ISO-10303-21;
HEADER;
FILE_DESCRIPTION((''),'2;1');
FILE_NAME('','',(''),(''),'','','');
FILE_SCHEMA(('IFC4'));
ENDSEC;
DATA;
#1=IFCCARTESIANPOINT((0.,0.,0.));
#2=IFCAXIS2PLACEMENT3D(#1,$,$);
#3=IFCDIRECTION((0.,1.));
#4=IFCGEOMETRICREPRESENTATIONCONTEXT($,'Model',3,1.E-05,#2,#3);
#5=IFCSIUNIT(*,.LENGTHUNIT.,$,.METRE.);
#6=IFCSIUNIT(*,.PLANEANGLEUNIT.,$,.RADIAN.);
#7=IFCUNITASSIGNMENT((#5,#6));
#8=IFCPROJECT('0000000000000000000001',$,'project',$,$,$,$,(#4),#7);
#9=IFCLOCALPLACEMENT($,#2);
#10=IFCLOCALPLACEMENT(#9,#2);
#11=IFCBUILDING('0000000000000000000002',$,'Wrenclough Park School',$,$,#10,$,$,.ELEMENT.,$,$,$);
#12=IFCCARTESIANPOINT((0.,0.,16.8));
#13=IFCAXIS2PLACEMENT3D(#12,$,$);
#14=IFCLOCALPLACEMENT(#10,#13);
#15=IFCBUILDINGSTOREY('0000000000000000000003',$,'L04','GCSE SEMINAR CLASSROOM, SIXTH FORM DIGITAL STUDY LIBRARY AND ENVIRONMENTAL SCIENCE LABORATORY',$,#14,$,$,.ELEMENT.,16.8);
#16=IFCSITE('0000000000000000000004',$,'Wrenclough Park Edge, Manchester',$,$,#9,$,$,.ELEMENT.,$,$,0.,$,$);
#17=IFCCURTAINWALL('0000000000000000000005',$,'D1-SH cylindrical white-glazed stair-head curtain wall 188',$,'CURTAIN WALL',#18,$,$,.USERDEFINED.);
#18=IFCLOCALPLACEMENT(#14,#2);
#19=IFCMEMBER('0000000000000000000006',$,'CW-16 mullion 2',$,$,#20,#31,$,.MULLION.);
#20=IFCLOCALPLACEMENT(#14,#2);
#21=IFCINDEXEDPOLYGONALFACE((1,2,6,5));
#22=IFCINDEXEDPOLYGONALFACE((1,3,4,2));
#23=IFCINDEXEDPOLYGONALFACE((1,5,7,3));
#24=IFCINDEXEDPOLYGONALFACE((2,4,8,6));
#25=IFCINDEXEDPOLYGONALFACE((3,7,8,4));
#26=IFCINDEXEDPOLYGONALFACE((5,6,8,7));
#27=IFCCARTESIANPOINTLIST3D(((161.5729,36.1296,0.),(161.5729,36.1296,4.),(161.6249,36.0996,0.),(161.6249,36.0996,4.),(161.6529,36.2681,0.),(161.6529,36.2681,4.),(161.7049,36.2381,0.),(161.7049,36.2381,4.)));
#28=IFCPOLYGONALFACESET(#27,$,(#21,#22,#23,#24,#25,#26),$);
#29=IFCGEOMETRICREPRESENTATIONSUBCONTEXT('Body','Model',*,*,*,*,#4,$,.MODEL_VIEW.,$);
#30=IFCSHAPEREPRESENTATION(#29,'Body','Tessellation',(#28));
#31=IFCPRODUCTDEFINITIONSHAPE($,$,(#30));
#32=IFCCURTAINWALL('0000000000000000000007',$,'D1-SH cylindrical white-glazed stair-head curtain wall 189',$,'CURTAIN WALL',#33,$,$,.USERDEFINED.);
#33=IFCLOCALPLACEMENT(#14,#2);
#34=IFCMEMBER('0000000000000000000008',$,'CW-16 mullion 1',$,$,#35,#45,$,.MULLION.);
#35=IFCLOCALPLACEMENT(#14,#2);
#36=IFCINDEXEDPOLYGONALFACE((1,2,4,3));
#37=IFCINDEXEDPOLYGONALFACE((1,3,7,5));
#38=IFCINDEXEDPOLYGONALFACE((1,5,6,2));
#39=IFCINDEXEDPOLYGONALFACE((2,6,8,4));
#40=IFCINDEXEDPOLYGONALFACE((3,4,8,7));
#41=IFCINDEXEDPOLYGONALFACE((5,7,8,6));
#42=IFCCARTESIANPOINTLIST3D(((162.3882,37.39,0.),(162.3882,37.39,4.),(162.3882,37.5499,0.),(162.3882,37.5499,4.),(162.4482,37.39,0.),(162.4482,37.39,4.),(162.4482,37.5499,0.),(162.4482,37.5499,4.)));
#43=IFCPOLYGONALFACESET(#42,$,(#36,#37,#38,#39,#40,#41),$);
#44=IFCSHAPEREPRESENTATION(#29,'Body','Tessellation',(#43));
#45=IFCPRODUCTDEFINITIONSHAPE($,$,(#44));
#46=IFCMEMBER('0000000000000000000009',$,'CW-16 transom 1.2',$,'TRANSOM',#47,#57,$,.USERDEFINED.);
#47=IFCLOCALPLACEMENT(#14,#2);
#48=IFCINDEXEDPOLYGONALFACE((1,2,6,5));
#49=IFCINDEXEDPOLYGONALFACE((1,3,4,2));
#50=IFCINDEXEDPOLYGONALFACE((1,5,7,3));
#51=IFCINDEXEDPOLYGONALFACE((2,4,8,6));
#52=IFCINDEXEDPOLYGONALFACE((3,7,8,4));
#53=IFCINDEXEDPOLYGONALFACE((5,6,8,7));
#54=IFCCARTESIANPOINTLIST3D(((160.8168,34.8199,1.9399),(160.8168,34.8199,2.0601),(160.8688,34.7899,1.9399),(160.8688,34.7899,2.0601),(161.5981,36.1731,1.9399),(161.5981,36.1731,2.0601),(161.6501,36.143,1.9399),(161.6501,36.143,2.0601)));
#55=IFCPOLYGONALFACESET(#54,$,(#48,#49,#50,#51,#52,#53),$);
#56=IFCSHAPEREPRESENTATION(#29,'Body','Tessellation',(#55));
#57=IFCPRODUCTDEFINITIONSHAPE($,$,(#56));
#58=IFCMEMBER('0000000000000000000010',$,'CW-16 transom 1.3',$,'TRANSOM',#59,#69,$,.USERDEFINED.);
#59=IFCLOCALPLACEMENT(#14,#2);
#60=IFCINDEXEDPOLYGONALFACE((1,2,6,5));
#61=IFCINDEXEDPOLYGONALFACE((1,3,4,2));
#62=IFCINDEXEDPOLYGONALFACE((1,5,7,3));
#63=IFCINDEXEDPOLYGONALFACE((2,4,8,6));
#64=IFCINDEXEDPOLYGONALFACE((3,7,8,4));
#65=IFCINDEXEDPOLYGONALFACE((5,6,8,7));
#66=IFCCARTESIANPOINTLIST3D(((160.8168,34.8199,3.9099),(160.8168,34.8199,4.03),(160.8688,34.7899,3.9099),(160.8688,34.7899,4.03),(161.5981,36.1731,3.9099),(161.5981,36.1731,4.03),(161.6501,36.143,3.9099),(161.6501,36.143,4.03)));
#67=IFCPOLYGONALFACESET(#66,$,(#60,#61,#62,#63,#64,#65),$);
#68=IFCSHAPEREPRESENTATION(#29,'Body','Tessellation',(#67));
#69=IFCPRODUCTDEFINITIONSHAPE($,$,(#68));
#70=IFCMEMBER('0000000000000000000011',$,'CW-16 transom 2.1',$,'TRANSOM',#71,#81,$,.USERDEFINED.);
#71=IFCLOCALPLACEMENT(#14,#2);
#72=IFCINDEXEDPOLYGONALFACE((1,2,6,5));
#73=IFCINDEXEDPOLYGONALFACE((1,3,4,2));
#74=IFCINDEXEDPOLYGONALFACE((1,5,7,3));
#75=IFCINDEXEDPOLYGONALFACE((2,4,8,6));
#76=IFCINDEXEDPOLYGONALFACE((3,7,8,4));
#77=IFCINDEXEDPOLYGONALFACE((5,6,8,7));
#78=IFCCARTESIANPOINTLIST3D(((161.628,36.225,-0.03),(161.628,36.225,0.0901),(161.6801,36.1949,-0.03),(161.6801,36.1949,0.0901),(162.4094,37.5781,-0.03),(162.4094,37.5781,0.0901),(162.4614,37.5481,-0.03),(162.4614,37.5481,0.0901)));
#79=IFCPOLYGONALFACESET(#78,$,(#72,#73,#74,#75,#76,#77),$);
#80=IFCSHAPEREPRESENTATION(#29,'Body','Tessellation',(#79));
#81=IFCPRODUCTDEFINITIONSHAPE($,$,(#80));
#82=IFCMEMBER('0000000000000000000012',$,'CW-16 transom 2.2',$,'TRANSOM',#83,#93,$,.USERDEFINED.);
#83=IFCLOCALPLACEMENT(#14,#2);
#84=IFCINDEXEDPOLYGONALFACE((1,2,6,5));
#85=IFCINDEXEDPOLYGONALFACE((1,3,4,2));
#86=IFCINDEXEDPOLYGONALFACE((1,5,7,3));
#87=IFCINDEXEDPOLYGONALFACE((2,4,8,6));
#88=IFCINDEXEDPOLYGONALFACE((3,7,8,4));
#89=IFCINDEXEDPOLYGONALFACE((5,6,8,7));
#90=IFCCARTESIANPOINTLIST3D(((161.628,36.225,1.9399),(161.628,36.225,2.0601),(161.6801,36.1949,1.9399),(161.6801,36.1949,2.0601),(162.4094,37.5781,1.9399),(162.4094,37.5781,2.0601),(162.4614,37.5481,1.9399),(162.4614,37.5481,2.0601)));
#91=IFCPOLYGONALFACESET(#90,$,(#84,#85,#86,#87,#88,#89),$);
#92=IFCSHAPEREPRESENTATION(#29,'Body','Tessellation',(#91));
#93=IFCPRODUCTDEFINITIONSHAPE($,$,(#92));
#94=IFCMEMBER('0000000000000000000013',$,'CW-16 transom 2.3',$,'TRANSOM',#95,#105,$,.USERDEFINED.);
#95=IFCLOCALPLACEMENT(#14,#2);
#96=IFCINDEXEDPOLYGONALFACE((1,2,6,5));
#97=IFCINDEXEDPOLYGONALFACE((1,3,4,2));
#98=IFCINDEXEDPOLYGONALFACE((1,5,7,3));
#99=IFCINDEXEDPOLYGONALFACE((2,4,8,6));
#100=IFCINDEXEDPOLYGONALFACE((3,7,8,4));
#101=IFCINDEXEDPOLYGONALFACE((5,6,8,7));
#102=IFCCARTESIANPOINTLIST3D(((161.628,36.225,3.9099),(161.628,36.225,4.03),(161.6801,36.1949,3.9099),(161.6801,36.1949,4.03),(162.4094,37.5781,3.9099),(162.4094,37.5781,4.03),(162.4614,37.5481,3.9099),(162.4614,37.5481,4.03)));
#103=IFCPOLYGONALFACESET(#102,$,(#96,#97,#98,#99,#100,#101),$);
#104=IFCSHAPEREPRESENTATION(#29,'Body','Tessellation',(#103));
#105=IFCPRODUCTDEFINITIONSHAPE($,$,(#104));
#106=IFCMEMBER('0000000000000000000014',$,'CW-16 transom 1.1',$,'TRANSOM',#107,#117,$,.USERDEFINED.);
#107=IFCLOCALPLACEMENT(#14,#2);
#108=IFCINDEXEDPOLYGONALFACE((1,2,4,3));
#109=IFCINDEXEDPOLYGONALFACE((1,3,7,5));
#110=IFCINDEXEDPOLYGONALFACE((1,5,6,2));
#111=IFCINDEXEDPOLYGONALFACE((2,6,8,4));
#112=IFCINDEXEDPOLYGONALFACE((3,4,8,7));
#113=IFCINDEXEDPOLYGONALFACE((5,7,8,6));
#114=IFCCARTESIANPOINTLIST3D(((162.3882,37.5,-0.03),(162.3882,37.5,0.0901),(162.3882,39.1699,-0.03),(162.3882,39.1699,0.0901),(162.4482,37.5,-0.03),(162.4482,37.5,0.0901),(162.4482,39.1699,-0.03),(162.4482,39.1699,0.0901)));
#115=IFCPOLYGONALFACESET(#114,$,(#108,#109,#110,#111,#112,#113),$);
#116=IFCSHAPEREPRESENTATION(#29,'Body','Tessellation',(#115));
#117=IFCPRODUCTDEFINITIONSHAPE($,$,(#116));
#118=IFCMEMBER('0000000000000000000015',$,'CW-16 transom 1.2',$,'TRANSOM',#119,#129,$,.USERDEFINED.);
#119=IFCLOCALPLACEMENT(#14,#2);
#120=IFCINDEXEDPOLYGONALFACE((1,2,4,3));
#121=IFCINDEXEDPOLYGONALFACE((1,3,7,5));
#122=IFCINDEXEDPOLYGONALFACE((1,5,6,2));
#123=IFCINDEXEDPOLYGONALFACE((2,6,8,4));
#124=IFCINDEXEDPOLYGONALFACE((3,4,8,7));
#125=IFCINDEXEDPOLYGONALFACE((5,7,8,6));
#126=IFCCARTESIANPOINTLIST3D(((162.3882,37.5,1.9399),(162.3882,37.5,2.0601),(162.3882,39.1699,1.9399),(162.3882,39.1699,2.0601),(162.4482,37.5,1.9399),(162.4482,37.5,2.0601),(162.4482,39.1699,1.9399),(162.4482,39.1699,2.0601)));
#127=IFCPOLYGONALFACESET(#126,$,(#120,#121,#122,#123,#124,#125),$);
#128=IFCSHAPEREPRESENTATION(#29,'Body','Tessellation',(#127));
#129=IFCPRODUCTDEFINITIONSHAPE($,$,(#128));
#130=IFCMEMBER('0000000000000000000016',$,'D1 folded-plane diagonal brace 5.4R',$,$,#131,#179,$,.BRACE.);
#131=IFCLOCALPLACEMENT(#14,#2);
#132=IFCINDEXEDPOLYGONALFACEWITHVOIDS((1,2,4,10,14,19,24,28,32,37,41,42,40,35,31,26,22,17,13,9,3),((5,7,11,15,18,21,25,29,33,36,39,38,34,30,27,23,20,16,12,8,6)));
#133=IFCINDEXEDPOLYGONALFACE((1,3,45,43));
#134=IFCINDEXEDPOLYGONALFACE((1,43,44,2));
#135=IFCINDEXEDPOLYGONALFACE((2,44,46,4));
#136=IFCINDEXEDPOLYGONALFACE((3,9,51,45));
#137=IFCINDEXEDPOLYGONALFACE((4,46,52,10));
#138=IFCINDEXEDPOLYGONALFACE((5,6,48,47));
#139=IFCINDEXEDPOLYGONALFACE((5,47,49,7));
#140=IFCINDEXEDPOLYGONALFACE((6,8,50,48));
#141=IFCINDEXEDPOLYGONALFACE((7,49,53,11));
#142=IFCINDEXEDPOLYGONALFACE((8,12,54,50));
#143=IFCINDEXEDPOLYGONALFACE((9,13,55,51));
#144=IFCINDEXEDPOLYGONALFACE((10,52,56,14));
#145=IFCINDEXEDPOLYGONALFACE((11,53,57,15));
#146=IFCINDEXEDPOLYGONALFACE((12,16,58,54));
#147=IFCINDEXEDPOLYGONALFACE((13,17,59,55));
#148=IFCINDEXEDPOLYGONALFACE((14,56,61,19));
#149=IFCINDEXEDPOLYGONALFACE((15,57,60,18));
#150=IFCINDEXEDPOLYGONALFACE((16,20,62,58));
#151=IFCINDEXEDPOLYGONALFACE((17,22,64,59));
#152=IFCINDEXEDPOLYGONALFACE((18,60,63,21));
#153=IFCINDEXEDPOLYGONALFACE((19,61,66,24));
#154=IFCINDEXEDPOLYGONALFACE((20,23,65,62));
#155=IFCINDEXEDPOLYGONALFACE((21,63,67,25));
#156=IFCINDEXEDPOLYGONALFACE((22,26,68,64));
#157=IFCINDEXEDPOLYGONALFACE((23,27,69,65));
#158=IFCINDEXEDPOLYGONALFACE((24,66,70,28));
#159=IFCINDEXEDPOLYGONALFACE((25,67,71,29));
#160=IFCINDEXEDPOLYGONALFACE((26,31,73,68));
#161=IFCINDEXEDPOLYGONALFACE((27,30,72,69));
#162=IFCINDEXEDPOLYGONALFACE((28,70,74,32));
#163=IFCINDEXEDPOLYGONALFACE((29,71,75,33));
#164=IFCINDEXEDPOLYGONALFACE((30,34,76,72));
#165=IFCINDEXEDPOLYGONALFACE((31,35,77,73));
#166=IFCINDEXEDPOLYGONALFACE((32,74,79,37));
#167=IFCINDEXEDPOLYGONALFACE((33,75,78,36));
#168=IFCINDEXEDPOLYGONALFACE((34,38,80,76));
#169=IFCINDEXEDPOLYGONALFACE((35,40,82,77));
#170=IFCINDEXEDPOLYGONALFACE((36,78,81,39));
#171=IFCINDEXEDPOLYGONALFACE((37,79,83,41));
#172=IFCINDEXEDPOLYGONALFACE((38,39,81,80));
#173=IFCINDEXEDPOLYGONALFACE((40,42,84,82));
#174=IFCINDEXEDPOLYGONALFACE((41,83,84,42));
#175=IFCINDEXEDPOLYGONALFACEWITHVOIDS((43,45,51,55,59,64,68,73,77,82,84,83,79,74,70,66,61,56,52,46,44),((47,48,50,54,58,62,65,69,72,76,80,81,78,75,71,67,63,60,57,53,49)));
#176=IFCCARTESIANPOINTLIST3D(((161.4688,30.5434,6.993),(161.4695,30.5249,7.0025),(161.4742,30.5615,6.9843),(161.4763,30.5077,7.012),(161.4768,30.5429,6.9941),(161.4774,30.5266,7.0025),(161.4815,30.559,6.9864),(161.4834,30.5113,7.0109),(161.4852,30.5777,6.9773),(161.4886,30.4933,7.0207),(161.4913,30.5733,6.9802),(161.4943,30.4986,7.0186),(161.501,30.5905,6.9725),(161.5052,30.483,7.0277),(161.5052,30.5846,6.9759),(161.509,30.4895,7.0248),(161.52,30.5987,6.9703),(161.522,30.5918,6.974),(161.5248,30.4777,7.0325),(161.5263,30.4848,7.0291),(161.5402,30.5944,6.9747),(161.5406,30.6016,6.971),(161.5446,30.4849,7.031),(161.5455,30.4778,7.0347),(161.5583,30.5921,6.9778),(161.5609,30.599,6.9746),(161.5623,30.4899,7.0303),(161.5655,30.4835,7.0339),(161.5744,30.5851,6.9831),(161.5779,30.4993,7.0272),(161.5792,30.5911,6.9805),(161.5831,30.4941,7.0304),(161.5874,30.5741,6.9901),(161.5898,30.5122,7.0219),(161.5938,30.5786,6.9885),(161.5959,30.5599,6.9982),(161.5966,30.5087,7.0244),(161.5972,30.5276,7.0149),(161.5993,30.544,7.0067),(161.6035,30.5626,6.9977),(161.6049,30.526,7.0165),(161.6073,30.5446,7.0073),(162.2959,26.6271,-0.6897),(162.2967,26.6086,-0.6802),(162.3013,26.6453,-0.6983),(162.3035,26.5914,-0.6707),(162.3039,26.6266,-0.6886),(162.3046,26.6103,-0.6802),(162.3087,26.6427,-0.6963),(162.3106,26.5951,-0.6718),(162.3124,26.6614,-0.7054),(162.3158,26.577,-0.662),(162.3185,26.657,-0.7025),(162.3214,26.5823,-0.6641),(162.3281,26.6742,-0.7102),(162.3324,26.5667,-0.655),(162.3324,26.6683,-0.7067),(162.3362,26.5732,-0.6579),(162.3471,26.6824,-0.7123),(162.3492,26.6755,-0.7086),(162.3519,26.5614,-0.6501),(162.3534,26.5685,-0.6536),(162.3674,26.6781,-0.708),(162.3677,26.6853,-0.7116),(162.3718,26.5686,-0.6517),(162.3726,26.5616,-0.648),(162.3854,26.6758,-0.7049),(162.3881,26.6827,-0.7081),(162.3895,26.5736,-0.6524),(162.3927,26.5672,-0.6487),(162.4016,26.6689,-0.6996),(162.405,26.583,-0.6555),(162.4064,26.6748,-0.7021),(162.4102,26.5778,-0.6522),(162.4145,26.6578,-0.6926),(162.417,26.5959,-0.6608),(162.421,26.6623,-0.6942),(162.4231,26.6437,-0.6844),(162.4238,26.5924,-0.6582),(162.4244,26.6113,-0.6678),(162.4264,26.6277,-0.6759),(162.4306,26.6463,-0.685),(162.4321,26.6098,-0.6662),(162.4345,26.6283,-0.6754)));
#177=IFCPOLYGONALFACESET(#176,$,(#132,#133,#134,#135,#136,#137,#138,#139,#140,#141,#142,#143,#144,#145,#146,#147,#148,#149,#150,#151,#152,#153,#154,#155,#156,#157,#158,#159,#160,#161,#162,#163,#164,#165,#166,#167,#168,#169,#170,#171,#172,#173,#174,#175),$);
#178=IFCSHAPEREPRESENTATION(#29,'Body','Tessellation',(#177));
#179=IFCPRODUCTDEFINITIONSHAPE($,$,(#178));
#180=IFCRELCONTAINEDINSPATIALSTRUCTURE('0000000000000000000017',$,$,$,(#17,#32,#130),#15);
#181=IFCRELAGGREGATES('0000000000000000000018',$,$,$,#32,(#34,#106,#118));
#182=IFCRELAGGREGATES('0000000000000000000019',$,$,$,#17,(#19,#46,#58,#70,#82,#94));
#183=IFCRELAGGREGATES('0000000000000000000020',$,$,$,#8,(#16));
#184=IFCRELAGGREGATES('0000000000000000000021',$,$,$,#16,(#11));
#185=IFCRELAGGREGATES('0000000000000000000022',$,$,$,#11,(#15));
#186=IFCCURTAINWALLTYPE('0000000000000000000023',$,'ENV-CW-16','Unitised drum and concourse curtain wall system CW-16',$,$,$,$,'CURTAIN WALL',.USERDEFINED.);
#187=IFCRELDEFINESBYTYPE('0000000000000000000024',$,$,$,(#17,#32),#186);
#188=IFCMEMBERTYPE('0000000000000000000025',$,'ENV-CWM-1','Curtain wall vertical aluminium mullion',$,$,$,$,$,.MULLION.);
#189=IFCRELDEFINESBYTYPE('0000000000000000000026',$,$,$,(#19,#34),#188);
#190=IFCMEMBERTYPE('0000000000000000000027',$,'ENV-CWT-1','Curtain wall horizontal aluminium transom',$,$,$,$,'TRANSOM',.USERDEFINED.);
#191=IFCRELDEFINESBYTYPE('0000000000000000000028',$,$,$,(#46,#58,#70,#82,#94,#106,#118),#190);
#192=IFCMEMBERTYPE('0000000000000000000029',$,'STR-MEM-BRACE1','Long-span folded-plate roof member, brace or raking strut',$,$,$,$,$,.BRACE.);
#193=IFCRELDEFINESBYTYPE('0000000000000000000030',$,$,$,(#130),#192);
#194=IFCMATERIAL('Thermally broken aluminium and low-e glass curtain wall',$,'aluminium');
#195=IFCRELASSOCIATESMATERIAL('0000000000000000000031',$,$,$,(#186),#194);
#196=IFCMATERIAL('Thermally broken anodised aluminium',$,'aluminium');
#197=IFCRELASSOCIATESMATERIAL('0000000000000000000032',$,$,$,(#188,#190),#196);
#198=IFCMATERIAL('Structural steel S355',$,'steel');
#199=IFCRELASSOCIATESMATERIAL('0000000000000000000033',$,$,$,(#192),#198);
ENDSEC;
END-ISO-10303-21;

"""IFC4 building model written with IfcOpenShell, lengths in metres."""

from ifc_helpers import new_model, si_unit, direction, frame, origin, origin_2d, place, context, subcontext, project, spatial, rectangle, hollow_circle, extrude, material, material_profile, profile_set, type_object, element, aggregate, save


model = new_model("IFC4")

# Units and contexts
model_context = context("Model", 3, precision=1e-05, world=origin(), true_north=direction((0.0, 1.0)))
body_context = subcontext(model_context, "Body", "Model", "MODEL_VIEW")
ifc_project = project(units=[si_unit("LENGTHUNIT", "METRE"), si_unit("PLANEANGLEUNIT", "RADIAN")], contexts=[model_context])

# Site, building, storey
site_placement = place(None, origin())
site = spatial("IfcSite", under=ifc_project, at=site_placement, Name="Wrenclough Park Edge, Manchester", CompositionType="ELEMENT", RefElevation=0.0)
building_placement = place(site_placement, origin())
building = spatial("IfcBuilding", under=site, at=building_placement, Name="Wrenclough Park School", CompositionType="ELEMENT")
storey_placement = place(building_placement, frame((0.0, 0.0, 16.8)))
storey = spatial("IfcBuildingStorey", under=building, at=storey_placement, Name="L04", Description="GCSE SEMINAR CLASSROOM, SIXTH FORM DIGITAL STUDY LIBRARY AND ENVIRONMENTAL SCIENCE LABORATORY", CompositionType="ELEMENT", Elevation=16.8)

# Curtain walls, members
ifc_material_1 = material(Name="Thermally broken aluminium and low-e glass curtain wall", Category="aluminium")
curtain_wall_type = type_object("IfcCurtainWallType", Name="ENV-CW-16", Description="Unitised drum and concourse curtain wall system CW-16", ElementType="CURTAIN WALL", PredefinedType="USERDEFINED", material=ifc_material_1)
curtain_wall_1_placement = place(storey_placement, origin())
curtain_wall_1 = element("IfcCurtainWall", 1, at=curtain_wall_1_placement, inside=storey, type_object=curtain_wall_type, Name="D1-SH cylindrical white-glazed stair-head curtain wall 188", ObjectType="CURTAIN WALL", PredefinedType="USERDEFINED")
ifc_material_2 = material(Name="Thermally broken anodised aluminium", Category="aluminium")
ifc_material_profile_1 = material_profile(ifc_material_2, rectangle(XDim=0.0601, YDim=0.1599, at=origin_2d()), Name="AL MULLION 60x160")
ifc_profile_set_1 = profile_set([ifc_material_profile_1], Name="Thermally broken anodised aluminium")
member_type_1 = type_object("IfcMemberType", Name="ENV-CWM-1", Description="Curtain wall vertical aluminium mullion", PredefinedType="MULLION", material=ifc_profile_set_1)
member_1_placement = place(storey_placement, frame((161.6389, 36.1838, 0.0), z_axis=(0.0, 0.0, 1.0), x_axis=(-0.866017, 0.500015, 0.0)))
member_1 = element("IfcMember", 2, at=member_1_placement, type_object=member_type_1, Name="CW-16 mullion 2", PredefinedType="MULLION", context=body_context, shape_type="SweptSolid", body=[
    extrude(rectangle(XDim=0.0601, YDim=0.1599, at=origin_2d()), origin(), (0.0, 0.0, 1.0), 4.0),
])
curtain_wall_2_placement = place(storey_placement, origin())
curtain_wall_2 = element("IfcCurtainWall", 3, at=curtain_wall_2_placement, inside=storey, type_object=curtain_wall_type, Name="D1-SH cylindrical white-glazed stair-head curtain wall 189", ObjectType="CURTAIN WALL", PredefinedType="USERDEFINED")
member_2_placement = place(storey_placement, frame((162.4182, 37.47, 0.0), z_axis=(0.0, 0.0, 1.0), x_axis=(-1.0, 0.0, 0.0)))
member_2 = element("IfcMember", 4, at=member_2_placement, type_object=member_type_1, Name="CW-16 mullion 1", PredefinedType="MULLION", context=body_context, shape_type="SweptSolid", body=[
    extrude(rectangle(XDim=0.0601, YDim=0.1599, at=origin_2d()), origin(), (0.0, 0.0, 1.0), 4.0),
])

# Members
ifc_material_profile_2 = material_profile(ifc_material_2, rectangle(XDim=0.0601, YDim=0.1201, at=origin_2d()), Name="AL TRANSOM 60x120")
ifc_profile_set_2 = profile_set([ifc_material_profile_2], Name="Thermally broken anodised aluminium")
member_type_2 = type_object("IfcMemberType", Name="ENV-CWT-1", Description="Curtain wall horizontal aluminium transom", ElementType="TRANSOM", PredefinedType="USERDEFINED", material=ifc_profile_set_2)
member_3_placement = place(storey_placement, frame((160.8428, 34.8049, 2.0), z_axis=(0.500038, 0.866003, 0.0), x_axis=(-0.866003, 0.500038, 0.0)))
member_3 = element("IfcMember", 5, at=member_3_placement, type_object=member_type_2, Name="CW-16 transom 1.2", ObjectType="TRANSOM", PredefinedType="USERDEFINED", context=body_context, shape_type="SweptSolid", body=[
    extrude(rectangle(XDim=0.0601, YDim=0.1201, at=origin_2d()), origin(), (0.0, 0.0, 1.0), 1.5625),
])
member_4_placement = place(storey_placement, frame((160.8428, 34.8049, 3.97), z_axis=(0.500038, 0.866003, 0.0), x_axis=(-0.866003, 0.500038, 0.0)))
member_4 = element("IfcMember", 6, at=member_4_placement, type_object=member_type_2, Name="CW-16 transom 1.3", ObjectType="TRANSOM", PredefinedType="USERDEFINED", context=body_context, shape_type="SweptSolid", body=[
    extrude(rectangle(XDim=0.0601, YDim=0.1201, at=origin_2d()), origin(), (0.0, 0.0, 1.0), 1.5625),
])
member_5_placement = place(storey_placement, frame((161.6541, 36.21, 0.03), z_axis=(0.500038, 0.866003, 0.0), x_axis=(-0.866003, 0.500038, 0.0)))
member_5 = element("IfcMember", 7, at=member_5_placement, type_object=member_type_2, Name="CW-16 transom 2.1", ObjectType="TRANSOM", PredefinedType="USERDEFINED", context=body_context, shape_type="SweptSolid", body=[
    extrude(rectangle(XDim=0.0601, YDim=0.1201, at=origin_2d()), origin(), (0.0, 0.0, 1.0), 1.5625),
])
member_6_placement = place(storey_placement, frame((161.6541, 36.21, 2.0), z_axis=(0.500038, 0.866003, 0.0), x_axis=(-0.866003, 0.500038, 0.0)))
member_6 = element("IfcMember", 8, at=member_6_placement, type_object=member_type_2, Name="CW-16 transom 2.2", ObjectType="TRANSOM", PredefinedType="USERDEFINED", context=body_context, shape_type="SweptSolid", body=[
    extrude(rectangle(XDim=0.0601, YDim=0.1201, at=origin_2d()), origin(), (0.0, 0.0, 1.0), 1.5625),
])
member_7_placement = place(storey_placement, frame((161.6541, 36.21, 3.97), z_axis=(0.500038, 0.866003, 0.0), x_axis=(-0.866003, 0.500038, 0.0)))
member_7 = element("IfcMember", 9, at=member_7_placement, type_object=member_type_2, Name="CW-16 transom 2.3", ObjectType="TRANSOM", PredefinedType="USERDEFINED", context=body_context, shape_type="SweptSolid", body=[
    extrude(rectangle(XDim=0.0601, YDim=0.1201, at=origin_2d()), origin(), (0.0, 0.0, 1.0), 1.5625),
])
member_8_placement = place(storey_placement, frame((162.4182, 37.5, 0.03), z_axis=(0.0, 1.0, 0.0), x_axis=(-1.0, 0.0, 0.0)))
member_8 = element("IfcMember", 10, at=member_8_placement, type_object=member_type_2, Name="CW-16 transom 1.1", ObjectType="TRANSOM", PredefinedType="USERDEFINED", context=body_context, shape_type="SweptSolid", body=[
    extrude(rectangle(XDim=0.0601, YDim=0.1201, at=origin_2d()), origin(), (0.0, 0.0, 1.0), 1.6699),
])
member_9_placement = place(storey_placement, frame((162.4182, 37.5, 2.0), z_axis=(0.0, 1.0, 0.0), x_axis=(-1.0, 0.0, 0.0)))
member_9 = element("IfcMember", 11, at=member_9_placement, type_object=member_type_2, Name="CW-16 transom 1.2", ObjectType="TRANSOM", PredefinedType="USERDEFINED", context=body_context, shape_type="SweptSolid", body=[
    extrude(rectangle(XDim=0.0601, YDim=0.1201, at=origin_2d()), origin(), (0.0, 0.0, 1.0), 1.6699),
])
aggregate(curtain_wall_2, [member_2, member_8, member_9])

# Member
ifc_material_3 = material(Name="Structural steel S355", Category="steel")
ifc_material_profile_3 = material_profile(ifc_material_3, hollow_circle(Radius=0.0698, WallThickness=0.0081, at=origin_2d()), Name="CHS 139.7x8.0")
ifc_profile_set_3 = profile_set([ifc_material_profile_3], Name="Structural steel S355")
member_type_3 = type_object("IfcMemberType", Name="STR-MEM-BRACE1", Description="Long-span folded-plate roof member, brace or raking strut", PredefinedType="BRACE", material=ifc_profile_set_3)
for number, where, z_axis, x_axis, name in (
    (12, (162.365, 26.623, -0.6802), (-0.095483, 0.452079, 0.886853), (-0.978415, -0.20665, 0.0), "D1 folded-plane diagonal brace 5.4R"),
):
    element("IfcMember", number, at=place(storey_placement, frame(where, z_axis=z_axis, x_axis=x_axis)), inside=storey, type_object=member_type_3, Name=name, PredefinedType="BRACE", context=body_context, shape_type="SweptSolid", body=[
        extrude(hollow_circle(Radius=0.0698, WallThickness=0.0081, at=origin_2d()), origin(), (0.0, 0.0, 1.0), 8.6628),
    ])

aggregate(curtain_wall_1, [member_1, member_3, member_4, member_5, member_6, member_7])

save(model, "model.ifc")
